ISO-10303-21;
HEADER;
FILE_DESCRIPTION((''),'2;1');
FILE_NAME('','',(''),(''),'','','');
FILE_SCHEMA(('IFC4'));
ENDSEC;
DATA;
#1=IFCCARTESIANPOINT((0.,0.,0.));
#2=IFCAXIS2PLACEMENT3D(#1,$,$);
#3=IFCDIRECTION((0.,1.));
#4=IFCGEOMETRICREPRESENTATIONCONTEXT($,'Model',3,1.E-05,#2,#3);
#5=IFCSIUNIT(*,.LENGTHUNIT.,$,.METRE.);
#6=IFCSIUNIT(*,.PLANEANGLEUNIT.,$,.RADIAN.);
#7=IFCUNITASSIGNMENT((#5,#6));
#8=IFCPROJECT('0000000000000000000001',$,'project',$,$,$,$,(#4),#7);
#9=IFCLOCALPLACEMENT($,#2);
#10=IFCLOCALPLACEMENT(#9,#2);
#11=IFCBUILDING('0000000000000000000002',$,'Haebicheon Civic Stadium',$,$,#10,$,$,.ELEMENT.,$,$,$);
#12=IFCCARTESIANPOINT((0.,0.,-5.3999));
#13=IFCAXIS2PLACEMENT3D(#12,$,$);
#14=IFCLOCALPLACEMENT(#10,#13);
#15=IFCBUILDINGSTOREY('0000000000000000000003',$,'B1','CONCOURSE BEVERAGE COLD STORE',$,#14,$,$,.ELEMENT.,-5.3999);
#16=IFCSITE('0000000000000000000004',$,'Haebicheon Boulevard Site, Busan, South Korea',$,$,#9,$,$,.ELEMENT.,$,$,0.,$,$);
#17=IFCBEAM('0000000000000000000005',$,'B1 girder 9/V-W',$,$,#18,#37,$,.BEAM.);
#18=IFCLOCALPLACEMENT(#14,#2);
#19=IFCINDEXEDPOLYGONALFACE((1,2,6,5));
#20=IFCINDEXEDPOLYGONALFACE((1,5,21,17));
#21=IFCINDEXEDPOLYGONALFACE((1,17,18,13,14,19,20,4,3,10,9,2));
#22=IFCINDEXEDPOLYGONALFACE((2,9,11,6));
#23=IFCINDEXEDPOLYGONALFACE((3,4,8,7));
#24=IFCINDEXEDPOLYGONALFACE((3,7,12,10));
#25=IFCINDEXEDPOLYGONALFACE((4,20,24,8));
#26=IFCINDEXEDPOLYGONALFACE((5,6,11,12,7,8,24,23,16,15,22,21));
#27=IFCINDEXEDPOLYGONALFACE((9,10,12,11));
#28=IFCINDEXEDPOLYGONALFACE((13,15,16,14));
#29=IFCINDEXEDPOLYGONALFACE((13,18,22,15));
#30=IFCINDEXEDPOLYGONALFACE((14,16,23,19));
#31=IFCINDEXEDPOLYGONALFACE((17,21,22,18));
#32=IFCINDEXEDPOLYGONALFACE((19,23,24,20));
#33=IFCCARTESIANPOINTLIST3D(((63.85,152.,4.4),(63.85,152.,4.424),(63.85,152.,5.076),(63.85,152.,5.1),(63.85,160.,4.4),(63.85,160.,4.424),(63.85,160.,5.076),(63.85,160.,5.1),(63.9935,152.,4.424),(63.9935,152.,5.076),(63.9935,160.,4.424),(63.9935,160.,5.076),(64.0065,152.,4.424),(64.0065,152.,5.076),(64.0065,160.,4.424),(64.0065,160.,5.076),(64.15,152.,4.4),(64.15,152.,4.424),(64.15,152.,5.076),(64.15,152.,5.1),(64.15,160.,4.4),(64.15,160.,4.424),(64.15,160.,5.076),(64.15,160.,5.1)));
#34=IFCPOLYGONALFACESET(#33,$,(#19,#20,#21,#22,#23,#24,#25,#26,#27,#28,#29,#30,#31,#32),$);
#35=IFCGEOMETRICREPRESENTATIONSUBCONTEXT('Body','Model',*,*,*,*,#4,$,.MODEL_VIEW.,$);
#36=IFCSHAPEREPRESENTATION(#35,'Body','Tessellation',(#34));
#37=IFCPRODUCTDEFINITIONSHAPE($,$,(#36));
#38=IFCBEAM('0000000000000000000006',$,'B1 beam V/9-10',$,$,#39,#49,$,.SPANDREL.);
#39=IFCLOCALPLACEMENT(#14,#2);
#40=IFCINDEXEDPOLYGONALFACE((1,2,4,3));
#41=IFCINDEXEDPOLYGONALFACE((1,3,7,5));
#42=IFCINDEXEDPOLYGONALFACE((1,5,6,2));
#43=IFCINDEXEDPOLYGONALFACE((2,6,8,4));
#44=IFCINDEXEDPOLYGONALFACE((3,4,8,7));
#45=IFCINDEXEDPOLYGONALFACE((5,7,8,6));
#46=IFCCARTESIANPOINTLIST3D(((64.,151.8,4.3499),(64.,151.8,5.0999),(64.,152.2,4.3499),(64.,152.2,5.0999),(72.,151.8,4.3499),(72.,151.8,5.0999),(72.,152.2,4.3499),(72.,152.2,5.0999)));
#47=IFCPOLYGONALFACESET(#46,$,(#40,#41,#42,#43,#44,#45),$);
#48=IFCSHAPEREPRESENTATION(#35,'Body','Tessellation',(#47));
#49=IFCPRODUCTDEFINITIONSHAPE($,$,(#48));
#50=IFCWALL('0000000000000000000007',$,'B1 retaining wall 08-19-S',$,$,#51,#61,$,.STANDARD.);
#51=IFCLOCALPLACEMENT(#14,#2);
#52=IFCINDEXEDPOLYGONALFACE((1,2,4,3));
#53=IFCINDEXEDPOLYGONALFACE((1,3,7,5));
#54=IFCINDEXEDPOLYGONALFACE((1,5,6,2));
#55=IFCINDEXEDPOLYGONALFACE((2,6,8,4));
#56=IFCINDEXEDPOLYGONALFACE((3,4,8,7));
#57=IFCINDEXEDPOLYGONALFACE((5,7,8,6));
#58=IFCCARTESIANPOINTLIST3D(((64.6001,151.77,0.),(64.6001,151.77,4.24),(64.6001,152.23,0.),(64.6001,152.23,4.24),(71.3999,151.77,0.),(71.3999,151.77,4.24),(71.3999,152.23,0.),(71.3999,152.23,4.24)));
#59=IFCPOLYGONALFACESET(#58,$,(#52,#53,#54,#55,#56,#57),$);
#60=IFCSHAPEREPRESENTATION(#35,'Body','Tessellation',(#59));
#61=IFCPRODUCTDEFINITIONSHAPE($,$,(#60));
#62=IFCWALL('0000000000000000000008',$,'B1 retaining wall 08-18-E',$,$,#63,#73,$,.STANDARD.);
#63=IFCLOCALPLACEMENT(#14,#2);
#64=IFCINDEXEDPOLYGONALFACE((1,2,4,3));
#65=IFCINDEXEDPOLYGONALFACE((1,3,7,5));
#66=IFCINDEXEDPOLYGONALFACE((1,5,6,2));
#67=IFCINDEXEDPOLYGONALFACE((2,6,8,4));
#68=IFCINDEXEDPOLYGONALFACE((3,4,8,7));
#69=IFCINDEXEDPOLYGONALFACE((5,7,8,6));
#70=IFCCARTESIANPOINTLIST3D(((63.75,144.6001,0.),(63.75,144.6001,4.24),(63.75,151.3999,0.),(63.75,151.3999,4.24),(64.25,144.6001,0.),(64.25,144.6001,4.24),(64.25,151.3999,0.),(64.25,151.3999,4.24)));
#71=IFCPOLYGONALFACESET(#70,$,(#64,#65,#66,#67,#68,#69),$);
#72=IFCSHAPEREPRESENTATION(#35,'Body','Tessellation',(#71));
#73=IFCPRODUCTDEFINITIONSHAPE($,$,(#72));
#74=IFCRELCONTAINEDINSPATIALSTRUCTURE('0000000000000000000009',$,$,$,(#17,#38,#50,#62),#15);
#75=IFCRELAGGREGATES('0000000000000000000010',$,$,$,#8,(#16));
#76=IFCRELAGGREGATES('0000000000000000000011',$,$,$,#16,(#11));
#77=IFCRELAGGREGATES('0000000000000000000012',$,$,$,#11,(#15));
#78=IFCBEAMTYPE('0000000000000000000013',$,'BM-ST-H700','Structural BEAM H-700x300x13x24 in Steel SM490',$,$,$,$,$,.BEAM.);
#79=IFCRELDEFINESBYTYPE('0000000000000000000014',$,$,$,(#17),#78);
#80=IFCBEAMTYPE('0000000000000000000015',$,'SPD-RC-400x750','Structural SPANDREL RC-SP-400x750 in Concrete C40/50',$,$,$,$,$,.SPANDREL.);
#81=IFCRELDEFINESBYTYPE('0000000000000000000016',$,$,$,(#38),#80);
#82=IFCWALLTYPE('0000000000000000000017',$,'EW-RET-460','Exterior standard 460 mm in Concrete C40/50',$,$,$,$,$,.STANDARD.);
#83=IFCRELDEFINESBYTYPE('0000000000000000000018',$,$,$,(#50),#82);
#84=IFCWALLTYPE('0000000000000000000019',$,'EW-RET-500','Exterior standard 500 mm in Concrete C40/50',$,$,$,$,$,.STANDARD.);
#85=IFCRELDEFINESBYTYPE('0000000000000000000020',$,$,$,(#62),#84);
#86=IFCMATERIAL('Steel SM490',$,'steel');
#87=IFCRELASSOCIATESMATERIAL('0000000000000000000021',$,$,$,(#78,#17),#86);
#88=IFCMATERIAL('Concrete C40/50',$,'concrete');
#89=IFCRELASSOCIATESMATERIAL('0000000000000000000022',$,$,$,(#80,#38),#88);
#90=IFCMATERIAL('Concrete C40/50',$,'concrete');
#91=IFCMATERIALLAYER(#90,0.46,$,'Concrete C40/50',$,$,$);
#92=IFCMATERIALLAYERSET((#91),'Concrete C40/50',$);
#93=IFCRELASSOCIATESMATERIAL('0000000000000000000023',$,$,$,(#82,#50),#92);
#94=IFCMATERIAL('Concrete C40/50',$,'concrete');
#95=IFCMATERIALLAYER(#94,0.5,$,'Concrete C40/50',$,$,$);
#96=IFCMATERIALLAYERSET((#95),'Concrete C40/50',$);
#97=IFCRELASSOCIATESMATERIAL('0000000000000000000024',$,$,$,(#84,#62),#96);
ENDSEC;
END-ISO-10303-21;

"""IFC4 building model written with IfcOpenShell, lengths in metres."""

from ifc_helpers import new_model, si_unit, direction, frame, frame_2d, origin, origin_2d, place, context, subcontext, project, spatial, rectangle, i_section, extrude, material, layer, layer_set, material_profile, profile_set, type_object, element, save


model = new_model("IFC4")

# Units and contexts
model_context = context("Model", 3, precision=1e-05, world=origin(), true_north=direction((0.0, 1.0)))
body_context = subcontext(model_context, "Body", "Model", "MODEL_VIEW")
ifc_project = project(units=[si_unit("LENGTHUNIT", "METRE"), si_unit("PLANEANGLEUNIT", "RADIAN")], contexts=[model_context])

# Site, building, storey
site_placement = place(None, origin())
site = spatial("IfcSite", under=ifc_project, at=site_placement, Name="Haebicheon Boulevard Site, Busan, South Korea", CompositionType="ELEMENT", RefElevation=0.0)
building_placement = place(site_placement, origin())
building = spatial("IfcBuilding", under=site, at=building_placement, Name="Haebicheon Civic Stadium", CompositionType="ELEMENT")
storey_placement = place(building_placement, frame((0.0, 0.0, -5.3999)))
storey = spatial("IfcBuildingStorey", under=building, at=storey_placement, Name="B1", Description="CONCOURSE BEVERAGE COLD STORE", CompositionType="ELEMENT", Elevation=-5.3999)

# Beams
ifc_material_1 = material(Name="Steel SM490", Category="steel")
ifc_material_profile_1 = material_profile(ifc_material_1, i_section(OverallWidth=0.3, OverallDepth=0.7, WebThickness=0.0129, FlangeThickness=0.0239, at=origin_2d()), Name="H-700x300x13x24")
ifc_profile_set_1 = profile_set([ifc_material_profile_1], Name="Steel SM490")
beam_type_1 = type_object("IfcBeamType", Name="BM-ST-H700", Description="Structural BEAM H-700x300x13x24 in Steel SM490", PredefinedType="BEAM", material=ifc_profile_set_1)
beam_1_placement = place(storey_placement, frame((64.0, 152.0, 4.75), z_axis=(0.0, 1.0, 0.0), x_axis=(-1.0, 0.0, 0.0)))
element("IfcBeam", 1, at=beam_1_placement, inside=storey, type_object=beam_type_1, material=ifc_profile_set_1, Name="B1 girder 9/V-W", PredefinedType="BEAM", context=body_context, shape_type="SweptSolid", body=[
    extrude(i_section(OverallWidth=0.3, OverallDepth=0.7, WebThickness=0.0129, FlangeThickness=0.0239, at=origin_2d()), origin(), (0.0, 0.0, 1.0), 8.0),
])
ifc_material_2 = material(Name="Concrete C40/50", Category="concrete")
ifc_material_profile_2 = material_profile(ifc_material_2, rectangle(XDim=0.3999, YDim=0.75, at=origin_2d()), Name="RC-SP-400x750")
ifc_profile_set_2 = profile_set([ifc_material_profile_2], Name="Concrete C40/50")
beam_type_2 = type_object("IfcBeamType", Name="SPD-RC-400x750", Description="Structural SPANDREL RC-SP-400x750 in Concrete C40/50", PredefinedType="SPANDREL", material=ifc_profile_set_2)
beam_2_placement = place(storey_placement, frame((64.0, 152.0, 4.7249), z_axis=(1.0, 0.0, 0.0), x_axis=(0.0, 1.0, 0.0)))
element("IfcBeam", 2, at=beam_2_placement, inside=storey, type_object=beam_type_2, material=ifc_profile_set_2, Name="B1 beam V/9-10", PredefinedType="SPANDREL", context=body_context, shape_type="SweptSolid", body=[
    extrude(rectangle(XDim=0.3999, YDim=0.75, at=origin_2d()), origin(), (0.0, 0.0, 1.0), 8.0),
])

# Walls
ifc_material_3 = material(Name="Concrete C40/50", Category="concrete")
ifc_layer_1 = layer(ifc_material_3, 0.46, Name="Concrete C40/50")
ifc_layer_set_1 = layer_set([ifc_layer_1], Name="Concrete C40/50")
wall_type_1 = type_object("IfcWallType", Name="EW-RET-460", Description="Exterior standard 460 mm in Concrete C40/50", PredefinedType="STANDARD", material=ifc_layer_set_1)
wall_1_placement = place(storey_placement, frame((64.6001, 152.0, 0.0), z_axis=(0.0, 0.0, 1.0), x_axis=(1.0, 0.0, 0.0)))
element("IfcWall", 3, at=wall_1_placement, inside=storey, type_object=wall_type_1, material=ifc_layer_set_1, Name="B1 retaining wall 08-19-S", PredefinedType="STANDARD", context=body_context, shape_type="SweptSolid", body=[
    extrude(rectangle(XDim=6.7998, YDim=0.46, at=frame_2d((3.3999, 0.0))), origin(), (0.0, 0.0, 1.0), 4.24),
])
ifc_material_4 = material(Name="Concrete C40/50", Category="concrete")
ifc_layer_2 = layer(ifc_material_4, 0.5, Name="Concrete C40/50")
ifc_layer_set_2 = layer_set([ifc_layer_2], Name="Concrete C40/50")
wall_type_2 = type_object("IfcWallType", Name="EW-RET-500", Description="Exterior standard 500 mm in Concrete C40/50", PredefinedType="STANDARD", material=ifc_layer_set_2)
wall_2_placement = place(storey_placement, frame((64.0, 144.6001, 0.0), z_axis=(0.0, 0.0, 1.0), x_axis=(0.0, 1.0, 0.0)))
element("IfcWall", 4, at=wall_2_placement, inside=storey, type_object=wall_type_2, material=ifc_layer_set_2, Name="B1 retaining wall 08-18-E", PredefinedType="STANDARD", context=body_context, shape_type="SweptSolid", body=[
    extrude(rectangle(XDim=6.7998, YDim=0.5, at=frame_2d((3.3999, 0.0))), origin(), (0.0, 0.0, 1.0), 4.24),
])

save(model, "model.ifc")
